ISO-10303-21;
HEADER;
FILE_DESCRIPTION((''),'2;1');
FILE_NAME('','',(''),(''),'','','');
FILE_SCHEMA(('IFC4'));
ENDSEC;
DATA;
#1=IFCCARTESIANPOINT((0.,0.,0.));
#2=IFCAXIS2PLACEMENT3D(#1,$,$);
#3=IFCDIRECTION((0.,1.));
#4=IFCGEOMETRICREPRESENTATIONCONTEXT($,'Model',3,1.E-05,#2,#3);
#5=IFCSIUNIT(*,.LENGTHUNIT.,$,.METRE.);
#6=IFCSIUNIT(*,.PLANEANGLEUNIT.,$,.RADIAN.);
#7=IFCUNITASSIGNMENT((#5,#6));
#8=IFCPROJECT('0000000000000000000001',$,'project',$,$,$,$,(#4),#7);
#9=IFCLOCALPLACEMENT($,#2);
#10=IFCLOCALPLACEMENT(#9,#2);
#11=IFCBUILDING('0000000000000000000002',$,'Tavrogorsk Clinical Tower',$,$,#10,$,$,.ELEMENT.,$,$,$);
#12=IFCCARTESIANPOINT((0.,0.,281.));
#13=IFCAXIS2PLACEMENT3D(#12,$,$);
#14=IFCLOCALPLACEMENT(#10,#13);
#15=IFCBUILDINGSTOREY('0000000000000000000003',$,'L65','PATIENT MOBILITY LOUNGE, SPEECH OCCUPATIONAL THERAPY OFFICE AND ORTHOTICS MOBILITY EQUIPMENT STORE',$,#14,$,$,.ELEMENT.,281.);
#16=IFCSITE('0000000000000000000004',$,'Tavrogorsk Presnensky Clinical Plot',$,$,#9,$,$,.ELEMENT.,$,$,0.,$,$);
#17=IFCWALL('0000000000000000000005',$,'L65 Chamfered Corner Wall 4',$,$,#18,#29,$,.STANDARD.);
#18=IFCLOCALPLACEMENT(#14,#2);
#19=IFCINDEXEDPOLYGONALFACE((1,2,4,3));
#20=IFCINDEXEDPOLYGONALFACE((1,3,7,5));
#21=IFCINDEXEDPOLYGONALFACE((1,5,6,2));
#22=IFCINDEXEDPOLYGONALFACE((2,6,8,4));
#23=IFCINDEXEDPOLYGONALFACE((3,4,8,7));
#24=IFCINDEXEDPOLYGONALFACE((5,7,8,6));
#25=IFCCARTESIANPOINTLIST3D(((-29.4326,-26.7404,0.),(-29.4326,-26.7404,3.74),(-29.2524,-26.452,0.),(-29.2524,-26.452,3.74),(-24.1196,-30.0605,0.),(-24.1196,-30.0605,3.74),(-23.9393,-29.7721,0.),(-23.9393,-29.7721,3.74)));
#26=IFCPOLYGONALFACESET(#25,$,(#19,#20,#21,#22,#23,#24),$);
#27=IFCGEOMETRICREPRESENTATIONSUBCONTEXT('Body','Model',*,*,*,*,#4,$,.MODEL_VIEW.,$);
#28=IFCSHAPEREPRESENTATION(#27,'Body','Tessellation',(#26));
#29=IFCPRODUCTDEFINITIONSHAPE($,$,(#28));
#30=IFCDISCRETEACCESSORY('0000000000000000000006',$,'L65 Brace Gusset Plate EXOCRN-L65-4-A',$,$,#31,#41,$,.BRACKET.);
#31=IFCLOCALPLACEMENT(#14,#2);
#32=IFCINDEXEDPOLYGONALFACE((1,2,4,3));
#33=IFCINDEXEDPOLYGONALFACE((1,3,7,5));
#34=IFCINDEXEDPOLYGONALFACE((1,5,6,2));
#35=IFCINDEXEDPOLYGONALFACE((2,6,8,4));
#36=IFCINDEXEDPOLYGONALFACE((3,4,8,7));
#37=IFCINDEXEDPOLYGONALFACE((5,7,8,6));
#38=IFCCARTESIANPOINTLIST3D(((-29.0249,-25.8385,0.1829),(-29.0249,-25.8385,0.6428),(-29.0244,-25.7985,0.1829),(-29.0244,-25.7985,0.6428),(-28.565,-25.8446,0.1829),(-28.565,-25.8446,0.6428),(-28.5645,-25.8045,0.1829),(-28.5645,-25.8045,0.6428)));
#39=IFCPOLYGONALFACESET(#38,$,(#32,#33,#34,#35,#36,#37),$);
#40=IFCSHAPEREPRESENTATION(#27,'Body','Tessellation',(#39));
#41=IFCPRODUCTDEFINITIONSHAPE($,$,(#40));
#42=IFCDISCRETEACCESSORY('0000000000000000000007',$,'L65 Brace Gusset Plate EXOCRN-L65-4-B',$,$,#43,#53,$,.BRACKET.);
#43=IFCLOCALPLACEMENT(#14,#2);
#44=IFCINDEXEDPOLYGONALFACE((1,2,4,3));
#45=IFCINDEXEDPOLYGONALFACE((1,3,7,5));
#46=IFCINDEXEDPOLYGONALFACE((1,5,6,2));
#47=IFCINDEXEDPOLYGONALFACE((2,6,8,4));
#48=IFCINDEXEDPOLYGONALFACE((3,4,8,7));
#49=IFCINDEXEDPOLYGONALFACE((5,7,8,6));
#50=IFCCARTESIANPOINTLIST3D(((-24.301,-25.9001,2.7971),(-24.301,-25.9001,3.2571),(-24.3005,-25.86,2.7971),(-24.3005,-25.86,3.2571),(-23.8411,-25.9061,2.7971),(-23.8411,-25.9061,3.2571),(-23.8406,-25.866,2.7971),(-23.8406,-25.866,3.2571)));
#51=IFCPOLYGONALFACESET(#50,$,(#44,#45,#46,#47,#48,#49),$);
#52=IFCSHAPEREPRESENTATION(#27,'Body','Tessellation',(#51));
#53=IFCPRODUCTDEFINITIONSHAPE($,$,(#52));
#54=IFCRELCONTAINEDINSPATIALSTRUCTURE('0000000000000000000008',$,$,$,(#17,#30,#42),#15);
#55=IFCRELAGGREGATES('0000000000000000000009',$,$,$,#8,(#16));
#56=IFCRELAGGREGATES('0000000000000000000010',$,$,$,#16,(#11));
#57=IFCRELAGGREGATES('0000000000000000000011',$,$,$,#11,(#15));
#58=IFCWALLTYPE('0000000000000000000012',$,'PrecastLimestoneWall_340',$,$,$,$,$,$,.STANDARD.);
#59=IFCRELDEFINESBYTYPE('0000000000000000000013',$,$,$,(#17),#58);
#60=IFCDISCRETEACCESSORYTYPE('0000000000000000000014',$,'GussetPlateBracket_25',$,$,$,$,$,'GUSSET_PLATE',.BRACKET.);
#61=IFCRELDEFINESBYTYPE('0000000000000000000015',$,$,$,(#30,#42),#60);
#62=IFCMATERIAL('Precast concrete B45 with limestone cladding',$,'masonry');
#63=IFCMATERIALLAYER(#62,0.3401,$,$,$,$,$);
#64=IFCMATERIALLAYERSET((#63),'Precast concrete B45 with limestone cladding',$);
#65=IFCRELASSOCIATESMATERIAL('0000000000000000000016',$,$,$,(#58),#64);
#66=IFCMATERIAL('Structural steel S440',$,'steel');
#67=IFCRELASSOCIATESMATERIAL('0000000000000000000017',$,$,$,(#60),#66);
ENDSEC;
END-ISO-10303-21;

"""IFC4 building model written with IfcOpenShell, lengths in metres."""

from ifc_helpers import new_model, si_unit, direction, frame, frame_2d, origin, origin_2d, place, context, subcontext, project, spatial, rectangle, extrude, material, layer, layer_set, type_object, element, save


model = new_model("IFC4")

# Units and contexts
model_context = context("Model", 3, precision=1e-05, world=origin(), true_north=direction((0.0, 1.0)))
body_context = subcontext(model_context, "Body", "Model", "MODEL_VIEW")
ifc_project = project(units=[si_unit("LENGTHUNIT", "METRE"), si_unit("PLANEANGLEUNIT", "RADIAN")], contexts=[model_context])

# Site, building, storey
site_placement = place(None, origin())
site = spatial("IfcSite", under=ifc_project, at=site_placement, Name="Tavrogorsk Presnensky Clinical Plot", CompositionType="ELEMENT", RefElevation=0.0)
building_placement = place(site_placement, origin())
building = spatial("IfcBuilding", under=site, at=building_placement, Name="Tavrogorsk Clinical Tower", CompositionType="ELEMENT")
storey_placement = place(building_placement, frame((0.0, 0.0, 281.0)))
storey = spatial("IfcBuildingStorey", under=building, at=storey_placement, Name="L65", Description="PATIENT MOBILITY LOUNGE, SPEECH OCCUPATIONAL THERAPY OFFICE AND ORTHOTICS MOBILITY EQUIPMENT STORE", CompositionType="ELEMENT", Elevation=281.0)

# Shared definitions
ifc_material_1 = material(Name="Precast concrete B45 with limestone cladding", Category="masonry")
ifc_layer_1 = layer(ifc_material_1, 0.3401)
ifc_layer_set_1 = layer_set([ifc_layer_1], Name="Precast concrete B45 with limestone cladding")
wall_type_1 = type_object("IfcWallType", Name="PrecastLimestoneWall_340", PredefinedType="STANDARD", material=ifc_layer_set_1)

# Wall
wall_1_placement = place(storey_placement, frame((-29.3425, -26.5962, 0.0), z_axis=(0.0, 0.0, 1.0), x_axis=(0.848038, -0.529936, 0.0)))
element("IfcWall", 1, at=wall_1_placement, inside=storey, type_object=wall_type_1, Name="L65 Chamfered Corner Wall 4", PredefinedType="STANDARD", context=body_context, shape_type="SweptSolid", body=[
    extrude(rectangle(XDim=6.2651, YDim=0.3401, at=frame_2d((3.1326, 0.0))), origin(), (0.0, 0.0, 1.0), 3.74),
])

# Discrete accessories
ifc_material_2 = material(Name="Structural steel S440", Category="steel")
discrete_accessory_type = type_object("IfcDiscreteAccessoryType", Name="GussetPlateBracket_25", ElementType="GUSSET_PLATE", PredefinedType="BRACKET", material=ifc_material_2)
for number, where, z_axis, x_axis, name in (
    (2, (-28.7947, -25.8215, 0.1829), (0.0, 0.0, 1.0), (0.999914, -0.01309, 0.0), "L65 Brace Gusset Plate EXOCRN-L65-4-A"),
    (3, (-24.0708, -25.8831, 2.7971), (0.0, 0.0, 1.0), (0.999914, -0.01309, 0.0), "L65 Brace Gusset Plate EXOCRN-L65-4-B"),
):
    element("IfcDiscreteAccessory", number, at=place(storey_placement, frame(where, z_axis=z_axis, x_axis=x_axis)), inside=storey, type_object=discrete_accessory_type, Name=name, PredefinedType="BRACKET", context=body_context, shape_type="SweptSolid", body=[
        extrude(rectangle(XDim=0.46, YDim=0.04, at=origin_2d()), origin(), (0.0, 0.0, 1.0), 0.46),
    ])

save(model, "model.ifc")
